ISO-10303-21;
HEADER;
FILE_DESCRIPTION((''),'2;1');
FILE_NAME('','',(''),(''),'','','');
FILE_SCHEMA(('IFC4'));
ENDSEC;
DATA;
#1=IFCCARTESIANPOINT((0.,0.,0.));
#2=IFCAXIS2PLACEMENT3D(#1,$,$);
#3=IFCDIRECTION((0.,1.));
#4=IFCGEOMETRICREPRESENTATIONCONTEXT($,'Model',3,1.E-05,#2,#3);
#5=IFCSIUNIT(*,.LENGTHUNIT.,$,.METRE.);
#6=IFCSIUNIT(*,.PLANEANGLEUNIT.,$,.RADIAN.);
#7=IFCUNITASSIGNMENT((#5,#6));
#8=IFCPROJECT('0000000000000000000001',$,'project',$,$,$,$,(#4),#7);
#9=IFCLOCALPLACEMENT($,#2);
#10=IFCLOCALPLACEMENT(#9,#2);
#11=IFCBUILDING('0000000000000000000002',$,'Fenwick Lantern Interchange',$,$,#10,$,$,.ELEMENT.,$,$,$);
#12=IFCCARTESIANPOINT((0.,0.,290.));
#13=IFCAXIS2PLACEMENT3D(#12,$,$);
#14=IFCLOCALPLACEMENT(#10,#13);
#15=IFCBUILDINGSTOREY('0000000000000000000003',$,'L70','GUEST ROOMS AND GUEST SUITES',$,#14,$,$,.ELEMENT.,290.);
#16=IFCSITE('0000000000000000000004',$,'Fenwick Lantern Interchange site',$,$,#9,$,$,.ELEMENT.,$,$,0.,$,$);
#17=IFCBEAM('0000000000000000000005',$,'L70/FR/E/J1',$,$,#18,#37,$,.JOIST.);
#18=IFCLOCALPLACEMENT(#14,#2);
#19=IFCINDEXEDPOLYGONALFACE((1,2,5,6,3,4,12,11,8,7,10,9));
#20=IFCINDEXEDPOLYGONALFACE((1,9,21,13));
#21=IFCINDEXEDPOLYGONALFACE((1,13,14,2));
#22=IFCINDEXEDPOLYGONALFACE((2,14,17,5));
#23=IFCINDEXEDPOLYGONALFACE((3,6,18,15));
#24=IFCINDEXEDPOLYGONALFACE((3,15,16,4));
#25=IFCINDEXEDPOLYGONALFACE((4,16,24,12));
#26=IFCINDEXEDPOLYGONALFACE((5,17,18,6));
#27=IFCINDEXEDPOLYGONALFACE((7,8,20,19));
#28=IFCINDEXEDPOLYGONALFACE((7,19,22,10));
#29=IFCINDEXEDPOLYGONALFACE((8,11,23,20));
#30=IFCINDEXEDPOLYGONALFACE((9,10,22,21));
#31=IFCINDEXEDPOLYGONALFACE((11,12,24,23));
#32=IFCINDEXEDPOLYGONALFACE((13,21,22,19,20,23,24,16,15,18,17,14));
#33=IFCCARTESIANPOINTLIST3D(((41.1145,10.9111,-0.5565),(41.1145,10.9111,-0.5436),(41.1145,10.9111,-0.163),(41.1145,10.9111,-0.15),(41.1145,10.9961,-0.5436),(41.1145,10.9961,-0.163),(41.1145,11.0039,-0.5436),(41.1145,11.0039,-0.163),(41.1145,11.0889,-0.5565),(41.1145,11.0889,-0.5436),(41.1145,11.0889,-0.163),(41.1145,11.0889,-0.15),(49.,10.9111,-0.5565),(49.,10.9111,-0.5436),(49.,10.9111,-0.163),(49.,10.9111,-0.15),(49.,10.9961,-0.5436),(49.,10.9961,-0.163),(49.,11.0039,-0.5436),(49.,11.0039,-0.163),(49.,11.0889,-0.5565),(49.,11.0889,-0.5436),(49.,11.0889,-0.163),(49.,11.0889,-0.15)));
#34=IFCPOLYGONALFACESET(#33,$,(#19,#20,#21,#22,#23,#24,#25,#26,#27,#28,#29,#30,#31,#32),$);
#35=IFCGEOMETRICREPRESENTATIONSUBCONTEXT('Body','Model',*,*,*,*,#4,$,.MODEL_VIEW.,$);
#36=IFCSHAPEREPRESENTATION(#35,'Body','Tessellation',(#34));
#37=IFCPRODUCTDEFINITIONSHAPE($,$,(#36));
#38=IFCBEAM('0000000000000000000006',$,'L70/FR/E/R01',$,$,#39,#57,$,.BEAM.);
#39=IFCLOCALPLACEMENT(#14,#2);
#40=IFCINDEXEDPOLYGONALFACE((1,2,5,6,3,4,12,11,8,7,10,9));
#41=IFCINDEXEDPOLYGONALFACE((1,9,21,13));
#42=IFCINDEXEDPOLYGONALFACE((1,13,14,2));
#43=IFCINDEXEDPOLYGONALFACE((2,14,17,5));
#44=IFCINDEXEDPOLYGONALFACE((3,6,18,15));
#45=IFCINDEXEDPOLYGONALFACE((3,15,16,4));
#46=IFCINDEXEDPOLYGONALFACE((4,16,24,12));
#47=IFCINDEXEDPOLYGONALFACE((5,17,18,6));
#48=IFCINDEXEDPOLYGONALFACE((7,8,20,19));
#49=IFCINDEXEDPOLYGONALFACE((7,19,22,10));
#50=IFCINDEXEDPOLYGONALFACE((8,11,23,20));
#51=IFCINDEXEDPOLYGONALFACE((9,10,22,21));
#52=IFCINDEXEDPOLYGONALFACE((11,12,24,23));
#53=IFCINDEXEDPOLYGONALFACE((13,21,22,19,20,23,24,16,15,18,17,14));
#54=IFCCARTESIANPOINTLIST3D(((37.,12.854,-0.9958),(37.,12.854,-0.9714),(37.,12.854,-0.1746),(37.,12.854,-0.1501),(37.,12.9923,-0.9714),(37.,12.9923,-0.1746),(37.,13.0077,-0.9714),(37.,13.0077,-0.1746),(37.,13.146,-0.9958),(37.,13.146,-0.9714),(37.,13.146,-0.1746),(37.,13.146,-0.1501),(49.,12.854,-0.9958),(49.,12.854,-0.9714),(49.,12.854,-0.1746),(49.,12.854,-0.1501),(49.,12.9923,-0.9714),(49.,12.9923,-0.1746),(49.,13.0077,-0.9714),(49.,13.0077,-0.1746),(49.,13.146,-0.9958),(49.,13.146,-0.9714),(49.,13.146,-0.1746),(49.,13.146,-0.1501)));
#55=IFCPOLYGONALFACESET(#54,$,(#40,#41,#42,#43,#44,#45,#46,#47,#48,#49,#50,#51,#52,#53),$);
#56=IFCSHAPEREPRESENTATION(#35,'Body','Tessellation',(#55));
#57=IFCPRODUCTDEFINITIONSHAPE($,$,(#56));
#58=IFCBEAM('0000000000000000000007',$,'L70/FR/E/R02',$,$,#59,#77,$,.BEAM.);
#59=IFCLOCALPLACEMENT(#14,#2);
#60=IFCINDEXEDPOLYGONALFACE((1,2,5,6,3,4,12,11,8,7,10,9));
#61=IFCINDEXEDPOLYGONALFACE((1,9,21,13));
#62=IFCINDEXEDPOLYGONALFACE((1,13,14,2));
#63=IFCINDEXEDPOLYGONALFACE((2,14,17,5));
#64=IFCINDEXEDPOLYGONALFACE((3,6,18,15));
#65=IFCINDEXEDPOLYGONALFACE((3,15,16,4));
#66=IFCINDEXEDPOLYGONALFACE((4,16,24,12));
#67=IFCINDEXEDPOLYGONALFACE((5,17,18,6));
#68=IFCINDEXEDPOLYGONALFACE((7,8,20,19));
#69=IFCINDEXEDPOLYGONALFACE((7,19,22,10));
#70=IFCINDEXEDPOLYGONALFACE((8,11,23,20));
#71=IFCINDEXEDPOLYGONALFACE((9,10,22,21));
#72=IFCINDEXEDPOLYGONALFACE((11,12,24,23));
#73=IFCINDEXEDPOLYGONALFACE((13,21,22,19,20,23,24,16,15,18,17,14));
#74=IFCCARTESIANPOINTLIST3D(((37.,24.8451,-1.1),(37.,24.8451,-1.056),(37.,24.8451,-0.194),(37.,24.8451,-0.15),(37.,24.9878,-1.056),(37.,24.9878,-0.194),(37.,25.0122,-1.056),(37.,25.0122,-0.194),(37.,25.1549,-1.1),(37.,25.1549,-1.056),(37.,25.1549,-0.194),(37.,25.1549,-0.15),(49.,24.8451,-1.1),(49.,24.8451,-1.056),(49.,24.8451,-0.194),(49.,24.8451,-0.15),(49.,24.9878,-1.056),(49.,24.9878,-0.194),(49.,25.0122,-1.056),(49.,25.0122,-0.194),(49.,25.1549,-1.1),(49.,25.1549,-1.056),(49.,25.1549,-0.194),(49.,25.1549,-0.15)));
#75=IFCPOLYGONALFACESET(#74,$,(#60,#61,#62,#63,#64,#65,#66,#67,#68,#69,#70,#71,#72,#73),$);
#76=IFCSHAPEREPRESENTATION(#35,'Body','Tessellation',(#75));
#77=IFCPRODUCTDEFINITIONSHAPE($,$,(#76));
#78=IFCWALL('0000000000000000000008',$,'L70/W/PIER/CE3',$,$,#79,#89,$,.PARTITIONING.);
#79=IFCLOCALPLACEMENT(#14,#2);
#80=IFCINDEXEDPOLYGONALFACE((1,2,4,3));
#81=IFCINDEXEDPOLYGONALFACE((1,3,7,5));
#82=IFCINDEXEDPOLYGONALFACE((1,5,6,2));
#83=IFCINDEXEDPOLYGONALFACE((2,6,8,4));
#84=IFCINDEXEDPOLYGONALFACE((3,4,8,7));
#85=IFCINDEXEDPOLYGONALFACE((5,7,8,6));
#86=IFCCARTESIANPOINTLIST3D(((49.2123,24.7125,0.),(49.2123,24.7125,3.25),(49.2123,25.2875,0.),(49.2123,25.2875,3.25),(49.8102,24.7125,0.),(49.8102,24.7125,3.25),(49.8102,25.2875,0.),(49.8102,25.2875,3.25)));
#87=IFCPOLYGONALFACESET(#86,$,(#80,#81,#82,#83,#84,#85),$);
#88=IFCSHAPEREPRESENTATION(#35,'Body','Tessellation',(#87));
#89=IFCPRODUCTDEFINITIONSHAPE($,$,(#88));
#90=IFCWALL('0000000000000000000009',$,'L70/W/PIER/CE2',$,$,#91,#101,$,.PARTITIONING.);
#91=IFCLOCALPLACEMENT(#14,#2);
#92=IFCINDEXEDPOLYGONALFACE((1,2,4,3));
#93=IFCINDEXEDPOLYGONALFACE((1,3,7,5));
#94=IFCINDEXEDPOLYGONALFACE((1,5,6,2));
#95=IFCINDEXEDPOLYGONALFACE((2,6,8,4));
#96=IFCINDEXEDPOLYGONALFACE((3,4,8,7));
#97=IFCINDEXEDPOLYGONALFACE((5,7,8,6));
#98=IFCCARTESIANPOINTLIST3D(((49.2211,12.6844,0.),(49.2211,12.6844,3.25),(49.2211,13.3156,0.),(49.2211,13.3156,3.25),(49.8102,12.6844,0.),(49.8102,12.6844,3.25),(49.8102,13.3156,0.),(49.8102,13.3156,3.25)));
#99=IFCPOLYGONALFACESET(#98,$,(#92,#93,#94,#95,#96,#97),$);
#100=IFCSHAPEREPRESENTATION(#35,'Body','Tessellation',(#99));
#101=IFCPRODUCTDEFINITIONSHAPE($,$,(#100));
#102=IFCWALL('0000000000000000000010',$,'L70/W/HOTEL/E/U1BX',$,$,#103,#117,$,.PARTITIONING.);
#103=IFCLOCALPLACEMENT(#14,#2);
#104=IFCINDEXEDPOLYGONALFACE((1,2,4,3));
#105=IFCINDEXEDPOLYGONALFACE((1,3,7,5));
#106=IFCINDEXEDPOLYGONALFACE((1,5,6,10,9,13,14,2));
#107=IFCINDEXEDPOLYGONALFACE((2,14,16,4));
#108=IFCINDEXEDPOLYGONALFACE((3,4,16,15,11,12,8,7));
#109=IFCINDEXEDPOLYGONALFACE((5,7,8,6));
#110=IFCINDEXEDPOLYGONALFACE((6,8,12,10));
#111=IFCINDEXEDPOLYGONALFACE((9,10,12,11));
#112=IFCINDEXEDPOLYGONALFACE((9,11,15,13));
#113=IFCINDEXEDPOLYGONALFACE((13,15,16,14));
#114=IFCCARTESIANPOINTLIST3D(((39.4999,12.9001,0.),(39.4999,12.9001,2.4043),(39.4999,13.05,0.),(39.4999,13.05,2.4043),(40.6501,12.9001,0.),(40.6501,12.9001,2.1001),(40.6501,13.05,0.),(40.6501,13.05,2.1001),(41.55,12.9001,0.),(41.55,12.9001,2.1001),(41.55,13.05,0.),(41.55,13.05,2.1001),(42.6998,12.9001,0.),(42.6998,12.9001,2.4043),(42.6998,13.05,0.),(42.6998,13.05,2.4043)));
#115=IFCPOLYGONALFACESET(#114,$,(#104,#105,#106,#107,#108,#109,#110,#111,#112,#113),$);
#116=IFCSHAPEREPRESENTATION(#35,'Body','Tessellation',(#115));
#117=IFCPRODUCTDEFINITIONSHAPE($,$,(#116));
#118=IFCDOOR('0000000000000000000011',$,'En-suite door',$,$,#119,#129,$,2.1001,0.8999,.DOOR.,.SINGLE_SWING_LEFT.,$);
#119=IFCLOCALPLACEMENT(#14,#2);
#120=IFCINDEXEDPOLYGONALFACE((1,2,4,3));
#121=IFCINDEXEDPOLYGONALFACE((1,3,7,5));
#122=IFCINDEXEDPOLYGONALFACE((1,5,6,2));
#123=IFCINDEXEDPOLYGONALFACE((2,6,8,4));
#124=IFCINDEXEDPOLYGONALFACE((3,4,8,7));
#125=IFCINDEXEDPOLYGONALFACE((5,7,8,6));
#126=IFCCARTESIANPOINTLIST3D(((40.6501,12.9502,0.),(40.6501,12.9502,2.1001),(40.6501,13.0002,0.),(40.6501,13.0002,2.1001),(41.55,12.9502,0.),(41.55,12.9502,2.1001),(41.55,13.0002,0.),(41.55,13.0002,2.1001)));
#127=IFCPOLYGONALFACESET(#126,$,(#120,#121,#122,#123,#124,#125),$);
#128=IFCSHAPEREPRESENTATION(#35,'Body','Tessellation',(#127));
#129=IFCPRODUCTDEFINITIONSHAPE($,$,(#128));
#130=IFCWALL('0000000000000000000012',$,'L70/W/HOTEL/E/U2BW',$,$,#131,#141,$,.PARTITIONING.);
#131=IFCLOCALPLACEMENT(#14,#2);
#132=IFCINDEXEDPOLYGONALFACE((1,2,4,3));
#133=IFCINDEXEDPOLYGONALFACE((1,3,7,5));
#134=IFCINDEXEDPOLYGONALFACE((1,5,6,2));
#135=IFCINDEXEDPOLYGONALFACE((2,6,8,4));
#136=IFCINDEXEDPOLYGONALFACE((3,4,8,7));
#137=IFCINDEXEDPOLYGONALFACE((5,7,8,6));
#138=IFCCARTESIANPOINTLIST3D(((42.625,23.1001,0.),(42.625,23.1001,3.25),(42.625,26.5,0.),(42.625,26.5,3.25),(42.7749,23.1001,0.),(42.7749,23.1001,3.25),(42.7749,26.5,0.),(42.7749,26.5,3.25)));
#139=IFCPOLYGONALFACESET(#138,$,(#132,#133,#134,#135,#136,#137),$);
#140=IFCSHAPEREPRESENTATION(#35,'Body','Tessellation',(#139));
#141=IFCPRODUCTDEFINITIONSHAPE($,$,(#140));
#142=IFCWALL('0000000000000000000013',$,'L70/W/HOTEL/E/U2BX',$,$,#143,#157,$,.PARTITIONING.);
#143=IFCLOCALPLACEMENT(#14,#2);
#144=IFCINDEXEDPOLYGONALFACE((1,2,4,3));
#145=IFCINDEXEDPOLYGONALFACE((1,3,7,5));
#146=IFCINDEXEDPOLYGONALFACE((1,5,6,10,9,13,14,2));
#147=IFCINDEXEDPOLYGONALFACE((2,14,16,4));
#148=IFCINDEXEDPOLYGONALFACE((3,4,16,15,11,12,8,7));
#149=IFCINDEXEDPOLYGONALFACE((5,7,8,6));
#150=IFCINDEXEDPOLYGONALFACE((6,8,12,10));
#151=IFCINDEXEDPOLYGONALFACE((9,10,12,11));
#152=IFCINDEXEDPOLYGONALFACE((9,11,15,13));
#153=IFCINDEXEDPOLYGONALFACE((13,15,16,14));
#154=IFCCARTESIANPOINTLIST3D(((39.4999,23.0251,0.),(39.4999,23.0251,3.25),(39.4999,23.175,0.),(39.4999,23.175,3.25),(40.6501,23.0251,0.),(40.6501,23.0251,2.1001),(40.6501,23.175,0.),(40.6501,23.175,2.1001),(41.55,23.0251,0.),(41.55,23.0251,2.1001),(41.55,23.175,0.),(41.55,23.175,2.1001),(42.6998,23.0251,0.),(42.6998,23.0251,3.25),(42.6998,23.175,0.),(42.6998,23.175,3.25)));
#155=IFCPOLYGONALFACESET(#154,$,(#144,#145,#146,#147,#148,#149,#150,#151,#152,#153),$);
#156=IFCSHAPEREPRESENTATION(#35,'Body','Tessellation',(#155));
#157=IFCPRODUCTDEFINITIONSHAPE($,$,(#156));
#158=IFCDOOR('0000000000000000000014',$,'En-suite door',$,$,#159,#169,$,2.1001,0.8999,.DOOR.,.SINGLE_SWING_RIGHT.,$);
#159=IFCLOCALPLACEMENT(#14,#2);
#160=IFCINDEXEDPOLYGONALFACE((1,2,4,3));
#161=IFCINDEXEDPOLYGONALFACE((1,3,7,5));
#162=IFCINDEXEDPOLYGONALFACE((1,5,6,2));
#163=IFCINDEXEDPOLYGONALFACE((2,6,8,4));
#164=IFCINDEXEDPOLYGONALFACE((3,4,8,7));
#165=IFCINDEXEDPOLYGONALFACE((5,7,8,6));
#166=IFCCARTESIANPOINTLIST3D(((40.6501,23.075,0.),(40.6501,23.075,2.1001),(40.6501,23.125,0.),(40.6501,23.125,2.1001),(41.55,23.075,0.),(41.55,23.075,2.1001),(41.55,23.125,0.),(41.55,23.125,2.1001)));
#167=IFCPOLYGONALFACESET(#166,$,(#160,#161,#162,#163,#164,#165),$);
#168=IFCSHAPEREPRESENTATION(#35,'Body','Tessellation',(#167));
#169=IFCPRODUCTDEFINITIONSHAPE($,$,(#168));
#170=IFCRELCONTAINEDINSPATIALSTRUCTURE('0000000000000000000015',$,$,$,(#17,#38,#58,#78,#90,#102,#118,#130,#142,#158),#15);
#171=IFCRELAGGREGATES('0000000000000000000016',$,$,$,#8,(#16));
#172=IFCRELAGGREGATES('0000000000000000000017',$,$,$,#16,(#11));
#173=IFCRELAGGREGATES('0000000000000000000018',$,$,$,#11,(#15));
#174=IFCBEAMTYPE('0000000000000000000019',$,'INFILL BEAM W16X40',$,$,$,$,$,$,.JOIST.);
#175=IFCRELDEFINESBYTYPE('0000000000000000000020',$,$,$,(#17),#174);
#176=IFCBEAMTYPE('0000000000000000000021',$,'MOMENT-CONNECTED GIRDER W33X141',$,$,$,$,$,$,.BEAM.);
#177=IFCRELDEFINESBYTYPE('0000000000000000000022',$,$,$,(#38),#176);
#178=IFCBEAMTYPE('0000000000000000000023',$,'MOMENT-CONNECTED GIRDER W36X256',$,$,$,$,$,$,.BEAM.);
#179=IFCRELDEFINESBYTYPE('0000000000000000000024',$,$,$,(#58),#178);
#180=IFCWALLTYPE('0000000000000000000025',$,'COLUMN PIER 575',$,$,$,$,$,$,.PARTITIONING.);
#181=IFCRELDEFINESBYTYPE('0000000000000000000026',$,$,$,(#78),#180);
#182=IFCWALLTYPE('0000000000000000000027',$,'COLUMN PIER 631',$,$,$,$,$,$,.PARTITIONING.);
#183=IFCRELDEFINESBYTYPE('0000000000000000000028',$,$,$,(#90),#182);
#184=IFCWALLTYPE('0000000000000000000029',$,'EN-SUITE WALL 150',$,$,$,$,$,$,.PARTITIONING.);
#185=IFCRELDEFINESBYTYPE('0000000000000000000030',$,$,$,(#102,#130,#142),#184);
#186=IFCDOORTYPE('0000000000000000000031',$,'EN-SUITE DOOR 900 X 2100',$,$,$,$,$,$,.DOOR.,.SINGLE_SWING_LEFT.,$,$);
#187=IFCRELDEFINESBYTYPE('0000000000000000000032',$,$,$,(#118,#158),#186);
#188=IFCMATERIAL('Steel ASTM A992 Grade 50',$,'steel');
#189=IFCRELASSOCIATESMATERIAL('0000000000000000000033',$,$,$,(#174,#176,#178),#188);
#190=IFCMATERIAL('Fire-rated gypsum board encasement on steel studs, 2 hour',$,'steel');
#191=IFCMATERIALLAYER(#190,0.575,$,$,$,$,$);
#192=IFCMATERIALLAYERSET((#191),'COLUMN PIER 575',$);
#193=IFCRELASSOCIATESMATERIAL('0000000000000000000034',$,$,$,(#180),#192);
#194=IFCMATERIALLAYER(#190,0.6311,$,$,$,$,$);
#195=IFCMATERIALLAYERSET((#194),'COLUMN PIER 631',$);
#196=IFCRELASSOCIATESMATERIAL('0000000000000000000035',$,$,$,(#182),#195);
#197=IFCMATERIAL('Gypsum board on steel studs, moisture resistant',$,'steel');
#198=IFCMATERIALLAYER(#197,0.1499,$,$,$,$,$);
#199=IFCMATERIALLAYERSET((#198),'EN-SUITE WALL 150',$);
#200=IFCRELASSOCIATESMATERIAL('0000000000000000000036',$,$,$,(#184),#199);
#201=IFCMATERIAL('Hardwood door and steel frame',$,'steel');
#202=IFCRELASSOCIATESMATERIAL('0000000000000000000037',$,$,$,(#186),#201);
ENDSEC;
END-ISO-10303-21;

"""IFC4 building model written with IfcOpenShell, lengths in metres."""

from ifc_helpers import new_model, si_unit, direction, frame, frame_2d, origin, origin_2d, place, context, subcontext, project, spatial, rectangle, i_section, extrude, material, layer, layer_set, material_profile, profile_set, type_object, element, fill, save


model = new_model("IFC4")

# Units and contexts
model_context = context("Model", 3, precision=1e-05, world=origin(), true_north=direction((0.0, 1.0)))
body_context = subcontext(model_context, "Body", "Model", "MODEL_VIEW")
ifc_project = project(units=[si_unit("LENGTHUNIT", "METRE"), si_unit("PLANEANGLEUNIT", "RADIAN")], contexts=[model_context])

# Site, building, storey
site_placement = place(None, origin())
site = spatial("IfcSite", under=ifc_project, at=site_placement, Name="Fenwick Lantern Interchange site", CompositionType="ELEMENT", RefElevation=0.0)
building_placement = place(site_placement, origin())
building = spatial("IfcBuilding", under=site, at=building_placement, Name="Fenwick Lantern Interchange", CompositionType="ELEMENT")
storey_placement = place(building_placement, frame((0.0, 0.0, 290.0)))
storey = spatial("IfcBuildingStorey", under=building, at=storey_placement, Name="L70", Description="GUEST ROOMS AND GUEST SUITES", CompositionType="ELEMENT", Elevation=290.0)

# Shared definitions
ifc_material_1 = material(Name="Steel ASTM A992 Grade 50", Category="steel")

# Beams
ifc_material_profile_1 = material_profile(ifc_material_1, i_section(OverallWidth=0.1777, OverallDepth=0.4065, WebThickness=0.0078, FlangeThickness=0.0129, at=origin_2d()), Name="W16X40")
ifc_profile_set_1 = profile_set([ifc_material_profile_1], Name="Steel ASTM A992 Grade 50")
beam_type_1 = type_object("IfcBeamType", Name="INFILL BEAM W16X40", PredefinedType="JOIST", material=ifc_profile_set_1)
beam_1_placement = place(storey_placement, frame((49.0, 11.0, -0.3533), z_axis=(-1.0, 0.0, 0.0), x_axis=(0.0, -1.0, 0.0)))
element("IfcBeam", 1, at=beam_1_placement, inside=storey, type_object=beam_type_1, Name="L70/FR/E/J1", PredefinedType="JOIST", context=body_context, shape_type="SweptSolid", body=[
    extrude(i_section(OverallWidth=0.1777, OverallDepth=0.4065, WebThickness=0.0078, FlangeThickness=0.0129, at=origin_2d()), origin(), (0.0, 0.0, 1.0), 7.8855),
])
ifc_material_profile_2 = material_profile(ifc_material_1, i_section(OverallWidth=0.292, OverallDepth=0.8457, WebThickness=0.0154, FlangeThickness=0.0244, at=origin_2d()), Name="W33X141")
ifc_profile_set_2 = profile_set([ifc_material_profile_2], Name="Steel ASTM A992 Grade 50")
beam_type_2 = type_object("IfcBeamType", Name="MOMENT-CONNECTED GIRDER W33X141", PredefinedType="BEAM", material=ifc_profile_set_2)
beam_2_placement = place(storey_placement, frame((49.0, 13.0, -0.573), z_axis=(-1.0, 0.0, 0.0), x_axis=(0.0, -1.0, 0.0)))
element("IfcBeam", 2, at=beam_2_placement, inside=storey, type_object=beam_type_2, Name="L70/FR/E/R01", PredefinedType="BEAM", context=body_context, shape_type="SweptSolid", body=[
    extrude(i_section(OverallWidth=0.292, OverallDepth=0.8457, WebThickness=0.0154, FlangeThickness=0.0244, at=origin_2d()), origin(), (0.0, 0.0, 1.0), 12.0),
])
ifc_material_profile_3 = material_profile(ifc_material_1, i_section(OverallWidth=0.3098, OverallDepth=0.95, WebThickness=0.0244, FlangeThickness=0.0439, at=origin_2d()), Name="W36X256")
ifc_profile_set_3 = profile_set([ifc_material_profile_3], Name="Steel ASTM A992 Grade 50")
beam_type_3 = type_object("IfcBeamType", Name="MOMENT-CONNECTED GIRDER W36X256", PredefinedType="BEAM", material=ifc_profile_set_3)
beam_3_placement = place(storey_placement, frame((49.0, 25.0, -0.625), z_axis=(-1.0, 0.0, 0.0), x_axis=(0.0, -1.0, 0.0)))
element("IfcBeam", 3, at=beam_3_placement, inside=storey, type_object=beam_type_3, Name="L70/FR/E/R02", PredefinedType="BEAM", context=body_context, shape_type="SweptSolid", body=[
    extrude(i_section(OverallWidth=0.3098, OverallDepth=0.95, WebThickness=0.0244, FlangeThickness=0.0439, at=origin_2d()), origin(), (0.0, 0.0, 1.0), 12.0),
])

# Walls
ifc_material_2 = material(Name="Fire-rated gypsum board encasement on steel studs, 2 hour", Category="steel")
ifc_layer_1 = layer(ifc_material_2, 0.575)
ifc_layer_set_1 = layer_set([ifc_layer_1], Name="COLUMN PIER 575")
wall_type_1 = type_object("IfcWallType", Name="COLUMN PIER 575", PredefinedType="PARTITIONING", material=ifc_layer_set_1)
wall_1_placement = place(storey_placement, frame((49.8101, 25.0, 0.0), z_axis=(0.0, 0.0, 1.0), x_axis=(-1.0, 0.0, 0.0)))
element("IfcWall", 4, at=wall_1_placement, inside=storey, type_object=wall_type_1, Name="L70/W/PIER/CE3", PredefinedType="PARTITIONING", context=body_context, shape_type="SweptSolid", body=[
    extrude(rectangle(XDim=0.5979, YDim=0.575, at=frame_2d((0.2988, 0.0))), origin(), (0.0, 0.0, 1.0), 3.25),
])
ifc_layer_2 = layer(ifc_material_2, 0.6311)
ifc_layer_set_2 = layer_set([ifc_layer_2], Name="COLUMN PIER 631")
wall_type_2 = type_object("IfcWallType", Name="COLUMN PIER 631", PredefinedType="PARTITIONING", material=ifc_layer_set_2)
wall_2_placement = place(storey_placement, frame((49.8101, 13.0, 0.0), z_axis=(0.0, 0.0, 1.0), x_axis=(-1.0, 0.0, 0.0)))
element("IfcWall", 5, at=wall_2_placement, inside=storey, type_object=wall_type_2, Name="L70/W/PIER/CE2", PredefinedType="PARTITIONING", context=body_context, shape_type="SweptSolid", body=[
    extrude(rectangle(XDim=0.5891, YDim=0.6311, at=frame_2d((0.2944, 0.0))), origin(), (0.0, 0.0, 1.0), 3.25),
])

# Wall, opening, door
ifc_material_3 = material(Name="Gypsum board on steel studs, moisture resistant", Category="steel")
ifc_layer_3 = layer(ifc_material_3, 0.1499)
ifc_layer_set_3 = layer_set([ifc_layer_3], Name="EN-SUITE WALL 150")
wall_type_3 = type_object("IfcWallType", Name="EN-SUITE WALL 150", PredefinedType="PARTITIONING", material=ifc_layer_set_3)
wall_3_placement = place(storey_placement, frame((42.7, 12.9751, 0.0), z_axis=(0.0, 0.0, 1.0), x_axis=(-1.0, 0.0, 0.0)))
wall_3 = element("IfcWall", 6, at=wall_3_placement, inside=storey, type_object=wall_type_3, Name="L70/W/HOTEL/E/U1BX", PredefinedType="PARTITIONING", context=body_context, shape_type="SweptSolid", body=[
    extrude(rectangle(XDim=3.2, YDim=0.1499, at=frame_2d((1.6001, 0.0))), origin(), (0.0, 0.0, 1.0), 2.4043),
])
opening_1_placement = place(wall_3_placement, frame((1.1499, 0.0, 0.0)))
opening_1 = element("IfcOpeningElement", 7, at=opening_1_placement, cuts=wall_3, PredefinedType="OPENING", context=body_context, shape_type="SweptSolid", body=[
    extrude(rectangle(XDim=0.8999, YDim=2.1001, at=frame_2d((0.45, 1.05))), frame((0.0, 0.085, 0.0), z_axis=(0.0, -1.0, 0.0), x_axis=(1.0, 0.0, 0.0)), (0.0, 0.0, 1.0), 0.1699),
])
ifc_material_4 = material(Name="Hardwood door and steel frame", Category="steel")
door_type = type_object("IfcDoorType", Name="EN-SUITE DOOR 900 X 2100", OperationType="SINGLE_SWING_LEFT", PredefinedType="DOOR", material=ifc_material_4)
door_1_placement = place(opening_1_placement, origin())
door_1 = element("IfcDoor", 8, at=door_1_placement, inside=storey, type_object=door_type, Name="En-suite door", OperationType="SINGLE_SWING_LEFT", OverallHeight=2.1001, OverallWidth=0.8999, PredefinedType="DOOR", context=body_context, shape_type="SweptSolid", body=[
    extrude(rectangle(XDim=0.8999, YDim=2.1001, at=frame_2d((0.45, 1.05))), frame((0.0, 0.0249, 0.0), z_axis=(0.0, -1.0, 0.0), x_axis=(1.0, 0.0, 0.0)), (0.0, 0.0, 1.0), 0.05),
])
fill(opening_1, door_1)

# Wall
wall_4_placement = place(storey_placement, frame((42.7, 23.1001, 0.0), z_axis=(0.0, 0.0, 1.0), x_axis=(0.0, 1.0, 0.0)))
element("IfcWall", 9, at=wall_4_placement, inside=storey, type_object=wall_type_3, Name="L70/W/HOTEL/E/U2BW", PredefinedType="PARTITIONING", context=body_context, shape_type="SweptSolid", body=[
    extrude(rectangle(XDim=3.3999, YDim=0.1499, at=frame_2d((1.7, 0.0))), origin(), (0.0, 0.0, 1.0), 3.25),
])

# Wall, opening, door
wall_5_placement = place(storey_placement, frame((42.7, 23.1001, 0.0), z_axis=(0.0, 0.0, 1.0), x_axis=(-1.0, 0.0, 0.0)))
wall_5 = element("IfcWall", 10, at=wall_5_placement, inside=storey, type_object=wall_type_3, Name="L70/W/HOTEL/E/U2BX", PredefinedType="PARTITIONING", context=body_context, shape_type="SweptSolid", body=[
    extrude(rectangle(XDim=3.2, YDim=0.1499, at=frame_2d((1.6001, 0.0))), origin(), (0.0, 0.0, 1.0), 3.25),
])
opening_2_placement = place(wall_5_placement, frame((1.1499, 0.0, 0.0)))
opening_2 = element("IfcOpeningElement", 11, at=opening_2_placement, cuts=wall_5, PredefinedType="OPENING", context=body_context, shape_type="SweptSolid", body=[
    extrude(rectangle(XDim=0.8999, YDim=2.1001, at=frame_2d((0.45, 1.05))), frame((0.0, 0.085, 0.0), z_axis=(0.0, -1.0, 0.0), x_axis=(1.0, 0.0, 0.0)), (0.0, 0.0, 1.0), 0.1699),
])
door_2_placement = place(opening_2_placement, frame((0.8999, 0.0, 0.0), z_axis=(0.0, 0.0, 1.0), x_axis=(-1.0, 0.0, 0.0)))
door_2 = element("IfcDoor", 12, at=door_2_placement, inside=storey, type_object=door_type, Name="En-suite door", OperationType="SINGLE_SWING_RIGHT", OverallHeight=2.1001, OverallWidth=0.8999, PredefinedType="DOOR", context=body_context, shape_type="SweptSolid", body=[
    extrude(rectangle(XDim=0.8999, YDim=2.1001, at=frame_2d((0.45, 1.05))), frame((0.0, 0.0249, 0.0), z_axis=(0.0, -1.0, 0.0), x_axis=(1.0, 0.0, 0.0)), (0.0, 0.0, 1.0), 0.05),
])
fill(opening_2, door_2)

save(model, "model.ifc")
